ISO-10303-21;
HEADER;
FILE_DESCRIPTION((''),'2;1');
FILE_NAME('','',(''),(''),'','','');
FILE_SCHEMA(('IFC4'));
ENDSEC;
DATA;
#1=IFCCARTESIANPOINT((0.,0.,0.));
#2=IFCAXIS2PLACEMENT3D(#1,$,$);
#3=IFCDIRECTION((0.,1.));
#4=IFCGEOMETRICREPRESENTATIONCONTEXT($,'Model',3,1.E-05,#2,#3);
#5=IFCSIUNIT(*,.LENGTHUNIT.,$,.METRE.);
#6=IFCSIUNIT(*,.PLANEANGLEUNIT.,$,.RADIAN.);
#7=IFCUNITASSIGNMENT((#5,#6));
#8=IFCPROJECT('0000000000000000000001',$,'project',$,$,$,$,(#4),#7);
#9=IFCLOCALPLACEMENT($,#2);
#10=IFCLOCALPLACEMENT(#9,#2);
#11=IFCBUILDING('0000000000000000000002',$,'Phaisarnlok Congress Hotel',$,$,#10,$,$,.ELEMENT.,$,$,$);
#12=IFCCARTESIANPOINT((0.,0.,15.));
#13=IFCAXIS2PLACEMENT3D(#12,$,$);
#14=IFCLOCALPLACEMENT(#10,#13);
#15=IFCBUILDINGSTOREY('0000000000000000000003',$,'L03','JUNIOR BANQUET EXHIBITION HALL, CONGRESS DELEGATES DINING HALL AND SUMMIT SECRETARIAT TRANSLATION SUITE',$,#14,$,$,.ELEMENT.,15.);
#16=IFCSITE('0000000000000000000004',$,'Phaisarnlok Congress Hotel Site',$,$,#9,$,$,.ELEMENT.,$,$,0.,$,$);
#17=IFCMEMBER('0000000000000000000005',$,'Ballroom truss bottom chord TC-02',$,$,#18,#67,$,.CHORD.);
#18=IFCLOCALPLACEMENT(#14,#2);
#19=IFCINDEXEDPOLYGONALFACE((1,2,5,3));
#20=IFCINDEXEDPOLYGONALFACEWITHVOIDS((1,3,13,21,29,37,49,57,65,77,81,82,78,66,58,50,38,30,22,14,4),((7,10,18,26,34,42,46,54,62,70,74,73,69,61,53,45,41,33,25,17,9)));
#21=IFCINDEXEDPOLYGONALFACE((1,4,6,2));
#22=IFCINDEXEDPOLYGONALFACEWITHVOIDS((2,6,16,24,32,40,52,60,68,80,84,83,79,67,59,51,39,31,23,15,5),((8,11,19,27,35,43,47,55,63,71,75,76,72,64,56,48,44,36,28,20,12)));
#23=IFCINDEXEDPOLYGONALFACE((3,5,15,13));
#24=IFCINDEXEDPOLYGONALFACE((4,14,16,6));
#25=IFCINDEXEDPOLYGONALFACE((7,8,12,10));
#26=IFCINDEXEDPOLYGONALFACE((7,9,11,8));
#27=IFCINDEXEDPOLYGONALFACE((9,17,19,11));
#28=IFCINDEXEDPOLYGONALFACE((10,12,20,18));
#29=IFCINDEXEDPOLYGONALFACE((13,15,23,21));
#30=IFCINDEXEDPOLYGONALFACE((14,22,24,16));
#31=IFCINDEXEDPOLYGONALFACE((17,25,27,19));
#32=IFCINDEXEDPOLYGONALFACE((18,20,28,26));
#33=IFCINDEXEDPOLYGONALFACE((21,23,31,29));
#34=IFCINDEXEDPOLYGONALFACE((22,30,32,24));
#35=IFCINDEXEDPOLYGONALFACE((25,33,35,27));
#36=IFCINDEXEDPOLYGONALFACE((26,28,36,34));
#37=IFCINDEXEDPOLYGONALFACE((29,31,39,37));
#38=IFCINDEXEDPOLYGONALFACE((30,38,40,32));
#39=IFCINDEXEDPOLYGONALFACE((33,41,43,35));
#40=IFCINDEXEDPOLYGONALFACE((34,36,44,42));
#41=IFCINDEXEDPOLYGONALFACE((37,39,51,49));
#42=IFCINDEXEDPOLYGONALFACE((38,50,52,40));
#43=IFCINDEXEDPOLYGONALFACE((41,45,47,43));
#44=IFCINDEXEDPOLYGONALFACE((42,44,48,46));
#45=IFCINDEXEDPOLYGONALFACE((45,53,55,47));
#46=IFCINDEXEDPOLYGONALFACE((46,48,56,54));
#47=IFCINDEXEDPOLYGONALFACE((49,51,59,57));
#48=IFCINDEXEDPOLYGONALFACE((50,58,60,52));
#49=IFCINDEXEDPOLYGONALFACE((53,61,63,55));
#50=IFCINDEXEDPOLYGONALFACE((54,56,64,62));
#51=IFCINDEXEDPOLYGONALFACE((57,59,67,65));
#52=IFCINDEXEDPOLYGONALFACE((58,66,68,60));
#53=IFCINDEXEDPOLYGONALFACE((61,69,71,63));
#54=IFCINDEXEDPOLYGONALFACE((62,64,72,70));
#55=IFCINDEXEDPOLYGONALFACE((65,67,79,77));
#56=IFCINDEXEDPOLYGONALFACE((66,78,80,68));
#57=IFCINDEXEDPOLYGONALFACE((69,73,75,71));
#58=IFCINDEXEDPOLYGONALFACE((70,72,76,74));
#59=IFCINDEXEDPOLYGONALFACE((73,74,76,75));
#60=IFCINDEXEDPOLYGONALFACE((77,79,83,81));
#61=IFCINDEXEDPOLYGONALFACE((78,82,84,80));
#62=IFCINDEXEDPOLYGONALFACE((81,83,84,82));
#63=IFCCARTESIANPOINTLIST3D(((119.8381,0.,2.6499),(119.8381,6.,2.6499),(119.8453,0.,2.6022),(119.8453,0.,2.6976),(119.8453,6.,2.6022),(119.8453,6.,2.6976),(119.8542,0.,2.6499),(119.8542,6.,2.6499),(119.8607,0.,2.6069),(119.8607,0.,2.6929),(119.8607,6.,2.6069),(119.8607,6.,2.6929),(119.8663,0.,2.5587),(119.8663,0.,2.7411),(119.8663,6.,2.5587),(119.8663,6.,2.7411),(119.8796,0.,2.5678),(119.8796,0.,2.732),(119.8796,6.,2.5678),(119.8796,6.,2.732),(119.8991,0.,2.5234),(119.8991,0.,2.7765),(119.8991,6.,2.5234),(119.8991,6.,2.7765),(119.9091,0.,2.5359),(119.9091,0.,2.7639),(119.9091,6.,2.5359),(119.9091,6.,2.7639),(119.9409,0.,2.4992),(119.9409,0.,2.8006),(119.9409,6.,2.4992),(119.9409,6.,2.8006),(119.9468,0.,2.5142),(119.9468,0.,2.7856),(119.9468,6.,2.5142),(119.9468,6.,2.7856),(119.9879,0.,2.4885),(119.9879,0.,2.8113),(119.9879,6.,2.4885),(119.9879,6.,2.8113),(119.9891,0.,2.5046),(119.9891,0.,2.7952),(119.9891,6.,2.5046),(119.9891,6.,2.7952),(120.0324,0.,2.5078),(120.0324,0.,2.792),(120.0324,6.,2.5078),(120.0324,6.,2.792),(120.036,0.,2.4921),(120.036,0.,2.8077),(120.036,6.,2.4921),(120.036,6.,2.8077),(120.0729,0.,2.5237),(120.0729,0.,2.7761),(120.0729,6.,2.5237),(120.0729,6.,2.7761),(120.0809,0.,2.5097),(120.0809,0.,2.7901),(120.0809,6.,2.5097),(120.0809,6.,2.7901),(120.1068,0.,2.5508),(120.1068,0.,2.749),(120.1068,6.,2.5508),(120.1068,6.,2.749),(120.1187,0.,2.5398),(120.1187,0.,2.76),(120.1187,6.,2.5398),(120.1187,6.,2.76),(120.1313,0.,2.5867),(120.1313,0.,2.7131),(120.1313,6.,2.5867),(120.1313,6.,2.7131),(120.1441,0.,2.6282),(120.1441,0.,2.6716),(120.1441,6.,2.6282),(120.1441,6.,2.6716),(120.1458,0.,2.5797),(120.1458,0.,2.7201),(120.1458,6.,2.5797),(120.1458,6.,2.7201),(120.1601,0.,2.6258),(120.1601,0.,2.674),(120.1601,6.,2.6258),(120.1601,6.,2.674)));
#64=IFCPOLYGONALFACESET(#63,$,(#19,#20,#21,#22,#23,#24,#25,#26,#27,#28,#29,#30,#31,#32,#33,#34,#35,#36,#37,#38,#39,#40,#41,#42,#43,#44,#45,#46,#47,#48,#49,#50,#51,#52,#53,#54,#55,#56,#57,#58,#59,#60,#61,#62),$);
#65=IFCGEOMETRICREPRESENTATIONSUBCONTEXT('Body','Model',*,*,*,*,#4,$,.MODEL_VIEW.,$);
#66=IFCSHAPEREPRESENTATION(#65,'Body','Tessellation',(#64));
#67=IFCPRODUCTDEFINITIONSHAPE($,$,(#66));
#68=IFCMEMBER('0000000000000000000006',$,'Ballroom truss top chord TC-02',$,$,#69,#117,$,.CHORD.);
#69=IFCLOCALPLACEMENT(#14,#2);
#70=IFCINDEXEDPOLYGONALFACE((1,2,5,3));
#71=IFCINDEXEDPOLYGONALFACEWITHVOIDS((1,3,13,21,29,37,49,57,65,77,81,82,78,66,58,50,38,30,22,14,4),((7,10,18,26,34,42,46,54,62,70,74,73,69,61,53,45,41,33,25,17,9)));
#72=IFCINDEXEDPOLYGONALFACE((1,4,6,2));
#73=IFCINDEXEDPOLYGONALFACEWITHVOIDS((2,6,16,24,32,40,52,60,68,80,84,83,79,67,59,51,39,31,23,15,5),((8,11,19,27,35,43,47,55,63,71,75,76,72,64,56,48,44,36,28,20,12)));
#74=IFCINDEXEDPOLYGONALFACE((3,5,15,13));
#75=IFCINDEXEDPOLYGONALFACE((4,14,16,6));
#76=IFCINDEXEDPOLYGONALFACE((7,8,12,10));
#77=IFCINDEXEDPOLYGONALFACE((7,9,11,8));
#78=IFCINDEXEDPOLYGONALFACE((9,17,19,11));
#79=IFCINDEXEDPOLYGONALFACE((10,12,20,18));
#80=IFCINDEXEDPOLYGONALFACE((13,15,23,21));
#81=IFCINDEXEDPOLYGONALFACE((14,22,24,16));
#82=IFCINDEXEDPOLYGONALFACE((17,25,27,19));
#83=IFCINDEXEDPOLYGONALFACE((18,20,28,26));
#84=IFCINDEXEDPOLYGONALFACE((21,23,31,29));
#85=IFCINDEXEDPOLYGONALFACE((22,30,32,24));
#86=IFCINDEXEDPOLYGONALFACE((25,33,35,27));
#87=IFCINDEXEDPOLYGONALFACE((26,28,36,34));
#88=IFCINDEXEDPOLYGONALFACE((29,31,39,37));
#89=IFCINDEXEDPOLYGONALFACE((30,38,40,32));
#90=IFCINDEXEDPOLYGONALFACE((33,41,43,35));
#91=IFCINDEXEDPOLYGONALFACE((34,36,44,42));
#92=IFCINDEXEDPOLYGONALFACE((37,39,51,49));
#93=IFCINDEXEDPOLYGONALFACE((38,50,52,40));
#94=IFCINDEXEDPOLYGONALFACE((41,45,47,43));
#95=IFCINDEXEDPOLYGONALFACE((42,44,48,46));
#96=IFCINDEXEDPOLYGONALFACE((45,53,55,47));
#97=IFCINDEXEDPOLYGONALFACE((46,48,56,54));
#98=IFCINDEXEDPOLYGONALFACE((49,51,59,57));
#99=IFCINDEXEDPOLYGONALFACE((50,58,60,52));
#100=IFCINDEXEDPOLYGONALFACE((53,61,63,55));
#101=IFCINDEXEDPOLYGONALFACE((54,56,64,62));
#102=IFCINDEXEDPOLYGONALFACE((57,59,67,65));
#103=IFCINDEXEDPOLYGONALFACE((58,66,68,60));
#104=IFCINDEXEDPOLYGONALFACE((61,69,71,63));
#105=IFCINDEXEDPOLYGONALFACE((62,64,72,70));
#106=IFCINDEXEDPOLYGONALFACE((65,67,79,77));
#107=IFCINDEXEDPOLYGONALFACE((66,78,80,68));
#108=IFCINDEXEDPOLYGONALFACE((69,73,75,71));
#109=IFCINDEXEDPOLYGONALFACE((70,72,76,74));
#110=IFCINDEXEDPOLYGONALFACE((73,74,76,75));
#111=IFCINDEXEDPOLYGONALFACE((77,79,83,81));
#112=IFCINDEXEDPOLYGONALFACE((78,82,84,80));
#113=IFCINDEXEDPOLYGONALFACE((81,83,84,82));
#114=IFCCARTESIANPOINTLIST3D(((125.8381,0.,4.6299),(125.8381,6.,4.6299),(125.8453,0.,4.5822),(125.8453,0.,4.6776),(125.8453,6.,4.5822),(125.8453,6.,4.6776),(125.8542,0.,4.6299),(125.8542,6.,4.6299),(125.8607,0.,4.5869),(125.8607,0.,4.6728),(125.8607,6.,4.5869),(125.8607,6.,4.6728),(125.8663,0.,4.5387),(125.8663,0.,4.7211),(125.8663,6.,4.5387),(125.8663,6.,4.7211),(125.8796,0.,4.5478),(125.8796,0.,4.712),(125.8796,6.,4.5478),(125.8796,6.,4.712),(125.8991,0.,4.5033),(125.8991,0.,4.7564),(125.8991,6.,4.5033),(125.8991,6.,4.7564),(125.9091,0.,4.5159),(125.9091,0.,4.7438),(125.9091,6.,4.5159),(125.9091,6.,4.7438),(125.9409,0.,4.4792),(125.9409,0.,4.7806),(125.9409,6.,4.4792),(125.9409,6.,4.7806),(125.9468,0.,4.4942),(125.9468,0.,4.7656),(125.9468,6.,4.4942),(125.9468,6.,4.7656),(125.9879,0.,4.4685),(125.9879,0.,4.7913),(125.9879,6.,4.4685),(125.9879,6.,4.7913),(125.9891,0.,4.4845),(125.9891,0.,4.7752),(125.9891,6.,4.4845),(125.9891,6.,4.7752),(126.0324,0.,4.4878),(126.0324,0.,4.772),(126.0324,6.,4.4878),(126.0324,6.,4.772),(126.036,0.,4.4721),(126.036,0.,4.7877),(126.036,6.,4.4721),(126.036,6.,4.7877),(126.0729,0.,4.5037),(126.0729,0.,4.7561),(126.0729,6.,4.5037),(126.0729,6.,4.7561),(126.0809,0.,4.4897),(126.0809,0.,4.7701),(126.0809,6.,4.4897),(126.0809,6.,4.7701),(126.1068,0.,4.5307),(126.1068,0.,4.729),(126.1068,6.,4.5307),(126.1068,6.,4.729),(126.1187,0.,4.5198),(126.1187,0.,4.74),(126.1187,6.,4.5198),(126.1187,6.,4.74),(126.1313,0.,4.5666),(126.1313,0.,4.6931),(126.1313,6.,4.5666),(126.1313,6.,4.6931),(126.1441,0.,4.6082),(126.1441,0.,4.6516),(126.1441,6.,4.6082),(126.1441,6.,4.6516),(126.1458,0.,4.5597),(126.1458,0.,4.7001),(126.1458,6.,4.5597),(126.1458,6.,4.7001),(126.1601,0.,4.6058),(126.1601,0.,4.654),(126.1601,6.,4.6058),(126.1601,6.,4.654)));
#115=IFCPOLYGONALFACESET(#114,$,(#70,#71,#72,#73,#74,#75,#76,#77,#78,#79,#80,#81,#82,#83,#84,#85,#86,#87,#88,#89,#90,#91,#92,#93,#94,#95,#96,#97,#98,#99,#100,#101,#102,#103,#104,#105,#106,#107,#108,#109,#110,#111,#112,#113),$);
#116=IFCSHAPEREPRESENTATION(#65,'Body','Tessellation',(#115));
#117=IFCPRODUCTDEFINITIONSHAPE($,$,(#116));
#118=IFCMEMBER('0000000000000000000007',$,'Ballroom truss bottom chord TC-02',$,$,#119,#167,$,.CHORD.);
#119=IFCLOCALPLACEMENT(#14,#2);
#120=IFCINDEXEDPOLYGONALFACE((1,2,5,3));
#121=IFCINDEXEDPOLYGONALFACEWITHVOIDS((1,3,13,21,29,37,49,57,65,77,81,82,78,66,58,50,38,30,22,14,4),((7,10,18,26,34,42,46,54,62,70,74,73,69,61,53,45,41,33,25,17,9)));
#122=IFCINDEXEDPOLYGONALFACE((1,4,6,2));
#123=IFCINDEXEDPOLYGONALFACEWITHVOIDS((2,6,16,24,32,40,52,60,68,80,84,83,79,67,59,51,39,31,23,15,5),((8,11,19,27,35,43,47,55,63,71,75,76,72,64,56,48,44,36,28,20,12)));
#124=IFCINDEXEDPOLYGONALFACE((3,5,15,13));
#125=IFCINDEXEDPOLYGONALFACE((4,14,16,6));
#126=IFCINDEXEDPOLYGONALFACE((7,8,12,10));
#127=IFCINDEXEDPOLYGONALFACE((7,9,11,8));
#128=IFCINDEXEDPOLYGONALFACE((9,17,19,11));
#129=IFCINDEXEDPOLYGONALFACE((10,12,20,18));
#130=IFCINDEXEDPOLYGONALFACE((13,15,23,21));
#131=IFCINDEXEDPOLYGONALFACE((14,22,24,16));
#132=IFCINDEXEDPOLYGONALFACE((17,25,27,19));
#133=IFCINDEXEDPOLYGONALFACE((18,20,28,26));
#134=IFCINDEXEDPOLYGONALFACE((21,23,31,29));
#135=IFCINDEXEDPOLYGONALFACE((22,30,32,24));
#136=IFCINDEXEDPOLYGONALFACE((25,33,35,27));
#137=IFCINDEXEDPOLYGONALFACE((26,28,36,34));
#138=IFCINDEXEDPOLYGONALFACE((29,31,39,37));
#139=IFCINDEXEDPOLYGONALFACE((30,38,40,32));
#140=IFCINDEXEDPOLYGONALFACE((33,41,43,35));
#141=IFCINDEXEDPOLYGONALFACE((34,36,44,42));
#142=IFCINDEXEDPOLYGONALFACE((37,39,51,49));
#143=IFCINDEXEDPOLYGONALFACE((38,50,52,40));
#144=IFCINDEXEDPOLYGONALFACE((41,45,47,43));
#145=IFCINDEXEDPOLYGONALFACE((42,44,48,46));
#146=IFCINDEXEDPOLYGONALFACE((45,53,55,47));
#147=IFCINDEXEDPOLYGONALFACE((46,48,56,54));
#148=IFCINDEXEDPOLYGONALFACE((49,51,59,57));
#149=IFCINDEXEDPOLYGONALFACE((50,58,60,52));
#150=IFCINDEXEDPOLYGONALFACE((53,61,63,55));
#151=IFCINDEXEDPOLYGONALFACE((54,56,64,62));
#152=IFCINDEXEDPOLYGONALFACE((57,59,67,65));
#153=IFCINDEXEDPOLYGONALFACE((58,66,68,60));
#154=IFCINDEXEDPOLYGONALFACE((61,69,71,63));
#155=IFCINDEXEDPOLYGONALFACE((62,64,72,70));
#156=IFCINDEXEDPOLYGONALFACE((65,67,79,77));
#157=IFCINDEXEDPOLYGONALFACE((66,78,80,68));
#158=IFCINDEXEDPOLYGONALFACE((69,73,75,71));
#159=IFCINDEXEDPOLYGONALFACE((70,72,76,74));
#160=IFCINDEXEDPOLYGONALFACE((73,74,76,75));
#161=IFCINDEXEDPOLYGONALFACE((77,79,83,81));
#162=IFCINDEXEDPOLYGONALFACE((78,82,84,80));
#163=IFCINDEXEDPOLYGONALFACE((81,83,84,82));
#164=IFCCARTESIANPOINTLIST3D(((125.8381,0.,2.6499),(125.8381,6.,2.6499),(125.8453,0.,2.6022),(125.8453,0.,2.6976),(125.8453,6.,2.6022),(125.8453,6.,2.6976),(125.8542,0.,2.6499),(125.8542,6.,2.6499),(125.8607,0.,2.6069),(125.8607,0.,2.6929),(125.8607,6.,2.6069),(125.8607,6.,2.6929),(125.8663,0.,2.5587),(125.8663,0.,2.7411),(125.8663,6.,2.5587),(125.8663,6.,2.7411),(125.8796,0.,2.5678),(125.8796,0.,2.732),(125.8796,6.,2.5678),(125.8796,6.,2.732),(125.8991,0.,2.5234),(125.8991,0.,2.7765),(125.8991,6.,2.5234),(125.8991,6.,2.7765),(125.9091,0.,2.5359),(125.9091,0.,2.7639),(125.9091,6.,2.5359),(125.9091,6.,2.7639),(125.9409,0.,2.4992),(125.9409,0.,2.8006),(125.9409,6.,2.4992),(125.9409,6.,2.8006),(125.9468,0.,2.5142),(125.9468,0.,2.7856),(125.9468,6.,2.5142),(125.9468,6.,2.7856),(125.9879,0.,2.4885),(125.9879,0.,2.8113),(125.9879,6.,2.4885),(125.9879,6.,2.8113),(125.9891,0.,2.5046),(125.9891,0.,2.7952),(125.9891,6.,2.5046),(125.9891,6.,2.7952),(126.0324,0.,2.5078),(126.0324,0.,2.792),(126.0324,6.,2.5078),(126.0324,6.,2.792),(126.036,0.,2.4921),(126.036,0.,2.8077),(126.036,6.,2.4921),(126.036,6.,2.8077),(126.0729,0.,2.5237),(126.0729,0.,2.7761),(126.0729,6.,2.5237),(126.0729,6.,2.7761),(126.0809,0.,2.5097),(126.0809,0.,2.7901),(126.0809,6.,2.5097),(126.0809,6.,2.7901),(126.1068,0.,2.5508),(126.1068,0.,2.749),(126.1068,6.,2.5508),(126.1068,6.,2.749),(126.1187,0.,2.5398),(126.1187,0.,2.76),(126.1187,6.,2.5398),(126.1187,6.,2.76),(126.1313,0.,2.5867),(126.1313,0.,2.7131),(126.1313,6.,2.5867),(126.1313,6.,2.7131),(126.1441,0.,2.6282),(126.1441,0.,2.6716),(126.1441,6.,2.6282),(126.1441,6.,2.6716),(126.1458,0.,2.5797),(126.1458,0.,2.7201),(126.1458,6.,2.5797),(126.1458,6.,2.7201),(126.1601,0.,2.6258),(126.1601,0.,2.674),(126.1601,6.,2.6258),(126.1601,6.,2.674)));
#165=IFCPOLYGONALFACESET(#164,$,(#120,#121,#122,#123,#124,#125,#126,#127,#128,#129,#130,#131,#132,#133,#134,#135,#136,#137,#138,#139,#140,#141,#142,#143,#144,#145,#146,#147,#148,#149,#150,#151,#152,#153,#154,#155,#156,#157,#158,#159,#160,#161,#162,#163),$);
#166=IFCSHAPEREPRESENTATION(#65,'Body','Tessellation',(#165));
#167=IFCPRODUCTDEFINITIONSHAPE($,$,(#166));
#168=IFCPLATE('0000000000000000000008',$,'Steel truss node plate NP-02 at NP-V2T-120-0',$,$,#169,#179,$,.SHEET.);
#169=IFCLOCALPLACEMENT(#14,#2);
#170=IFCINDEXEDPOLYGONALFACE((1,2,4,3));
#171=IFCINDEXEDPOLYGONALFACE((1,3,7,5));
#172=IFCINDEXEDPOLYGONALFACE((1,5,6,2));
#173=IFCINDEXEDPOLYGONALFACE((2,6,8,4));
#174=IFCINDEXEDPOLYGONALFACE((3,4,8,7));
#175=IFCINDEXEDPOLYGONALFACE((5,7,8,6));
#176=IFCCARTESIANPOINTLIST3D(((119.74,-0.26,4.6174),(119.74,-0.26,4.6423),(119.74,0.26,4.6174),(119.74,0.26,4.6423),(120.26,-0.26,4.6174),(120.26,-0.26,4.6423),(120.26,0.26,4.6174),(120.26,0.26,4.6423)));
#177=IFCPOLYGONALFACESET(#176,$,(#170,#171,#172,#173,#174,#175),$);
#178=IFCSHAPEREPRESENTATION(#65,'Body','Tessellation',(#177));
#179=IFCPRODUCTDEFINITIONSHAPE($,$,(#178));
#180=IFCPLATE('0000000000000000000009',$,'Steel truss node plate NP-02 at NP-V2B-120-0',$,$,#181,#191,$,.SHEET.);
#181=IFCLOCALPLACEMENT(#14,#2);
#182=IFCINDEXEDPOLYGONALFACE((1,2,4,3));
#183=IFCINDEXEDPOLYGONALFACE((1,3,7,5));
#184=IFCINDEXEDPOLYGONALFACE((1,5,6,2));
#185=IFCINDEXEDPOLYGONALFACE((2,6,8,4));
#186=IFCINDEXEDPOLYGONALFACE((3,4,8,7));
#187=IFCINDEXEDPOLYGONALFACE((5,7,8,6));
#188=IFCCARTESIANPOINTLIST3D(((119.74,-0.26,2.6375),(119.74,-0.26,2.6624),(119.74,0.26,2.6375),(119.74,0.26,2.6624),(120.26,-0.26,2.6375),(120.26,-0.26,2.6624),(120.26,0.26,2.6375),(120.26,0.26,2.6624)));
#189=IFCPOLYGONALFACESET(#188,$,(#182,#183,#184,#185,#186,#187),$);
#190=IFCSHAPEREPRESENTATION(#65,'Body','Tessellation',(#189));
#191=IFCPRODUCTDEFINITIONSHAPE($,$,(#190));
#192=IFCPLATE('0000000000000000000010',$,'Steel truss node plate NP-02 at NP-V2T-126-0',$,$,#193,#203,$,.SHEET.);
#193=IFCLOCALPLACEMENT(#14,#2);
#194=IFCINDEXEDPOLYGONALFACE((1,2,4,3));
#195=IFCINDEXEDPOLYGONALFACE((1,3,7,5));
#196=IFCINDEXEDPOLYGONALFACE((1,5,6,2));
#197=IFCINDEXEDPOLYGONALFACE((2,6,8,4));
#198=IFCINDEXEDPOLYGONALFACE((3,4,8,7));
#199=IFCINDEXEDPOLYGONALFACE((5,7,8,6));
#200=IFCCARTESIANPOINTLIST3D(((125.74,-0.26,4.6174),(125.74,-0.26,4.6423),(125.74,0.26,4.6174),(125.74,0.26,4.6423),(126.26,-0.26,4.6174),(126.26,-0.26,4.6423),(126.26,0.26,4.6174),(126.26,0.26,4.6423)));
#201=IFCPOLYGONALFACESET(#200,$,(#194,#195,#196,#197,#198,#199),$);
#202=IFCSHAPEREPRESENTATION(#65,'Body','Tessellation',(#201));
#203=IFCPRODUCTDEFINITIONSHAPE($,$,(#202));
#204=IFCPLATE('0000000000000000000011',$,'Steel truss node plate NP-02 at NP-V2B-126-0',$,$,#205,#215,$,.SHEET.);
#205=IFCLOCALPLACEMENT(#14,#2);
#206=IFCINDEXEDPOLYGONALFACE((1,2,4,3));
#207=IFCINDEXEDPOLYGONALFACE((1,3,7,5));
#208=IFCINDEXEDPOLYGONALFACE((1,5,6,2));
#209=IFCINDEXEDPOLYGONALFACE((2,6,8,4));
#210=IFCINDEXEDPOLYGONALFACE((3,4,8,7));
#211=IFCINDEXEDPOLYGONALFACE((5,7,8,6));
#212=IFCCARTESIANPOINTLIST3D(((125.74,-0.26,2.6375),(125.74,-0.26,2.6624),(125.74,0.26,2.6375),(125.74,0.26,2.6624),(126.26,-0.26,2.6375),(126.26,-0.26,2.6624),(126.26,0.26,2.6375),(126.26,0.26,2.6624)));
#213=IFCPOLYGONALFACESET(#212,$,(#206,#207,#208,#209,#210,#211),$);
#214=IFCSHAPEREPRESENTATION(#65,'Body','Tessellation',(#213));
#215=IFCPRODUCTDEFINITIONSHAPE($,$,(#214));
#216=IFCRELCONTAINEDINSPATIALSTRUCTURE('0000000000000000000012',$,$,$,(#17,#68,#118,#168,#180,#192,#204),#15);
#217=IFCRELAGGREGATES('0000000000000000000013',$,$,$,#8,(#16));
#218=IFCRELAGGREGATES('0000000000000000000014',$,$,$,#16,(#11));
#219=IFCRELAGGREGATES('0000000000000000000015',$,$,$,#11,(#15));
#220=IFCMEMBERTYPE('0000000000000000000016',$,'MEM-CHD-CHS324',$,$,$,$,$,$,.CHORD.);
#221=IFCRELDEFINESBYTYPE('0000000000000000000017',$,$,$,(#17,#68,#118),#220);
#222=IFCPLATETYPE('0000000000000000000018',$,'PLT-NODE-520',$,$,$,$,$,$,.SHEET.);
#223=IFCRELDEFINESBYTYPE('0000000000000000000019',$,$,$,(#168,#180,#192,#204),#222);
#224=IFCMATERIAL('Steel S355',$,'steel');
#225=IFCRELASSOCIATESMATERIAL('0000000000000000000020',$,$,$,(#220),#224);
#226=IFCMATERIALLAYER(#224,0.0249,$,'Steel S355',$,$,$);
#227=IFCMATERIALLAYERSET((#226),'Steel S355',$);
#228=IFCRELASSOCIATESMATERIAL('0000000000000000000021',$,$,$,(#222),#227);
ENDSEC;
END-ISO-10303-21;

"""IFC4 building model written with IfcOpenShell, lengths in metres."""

from ifc_helpers import new_model, si_unit, direction, frame, origin, origin_2d, place, context, subcontext, project, spatial, rectangle, hollow_circle, extrude, material, layer, layer_set, material_profile, profile_set, type_object, element, save


model = new_model("IFC4")

# Units and contexts
model_context = context("Model", 3, precision=1e-05, world=origin(), true_north=direction((0.0, 1.0)))
body_context = subcontext(model_context, "Body", "Model", "MODEL_VIEW")
ifc_project = project(units=[si_unit("LENGTHUNIT", "METRE"), si_unit("PLANEANGLEUNIT", "RADIAN")], contexts=[model_context])

# Site, building, storey
site_placement = place(None, origin())
site = spatial("IfcSite", under=ifc_project, at=site_placement, Name="Phaisarnlok Congress Hotel Site", CompositionType="ELEMENT", RefElevation=0.0)
building_placement = place(site_placement, origin())
building = spatial("IfcBuilding", under=site, at=building_placement, Name="Phaisarnlok Congress Hotel", CompositionType="ELEMENT")
storey_placement = place(building_placement, frame((0.0, 0.0, 15.0)))
storey = spatial("IfcBuildingStorey", under=building, at=storey_placement, Name="L03", Description="JUNIOR BANQUET EXHIBITION HALL, CONGRESS DELEGATES DINING HALL AND SUMMIT SECRETARIAT TRANSLATION SUITE", CompositionType="ELEMENT", Elevation=15.0)

# Shared definitions
ifc_material_1 = material(Name="Steel S355", Category="steel")

# Members
ifc_material_profile_1 = material_profile(ifc_material_1, hollow_circle(Radius=0.1619, WallThickness=0.0161, at=origin_2d()), Name="CHS 323.9x16")
ifc_profile_set_1 = profile_set([ifc_material_profile_1], Name="Steel S355")
member_type_1 = type_object("IfcMemberType", Name="MEM-CHD-CHS324", PredefinedType="CHORD", material=ifc_profile_set_1)
for number, where, z_axis, x_axis, name in (
    (1, (120.0, 0.0, 2.6499), (0.0, 1.0, 0.0), (-1.0, 0.0, 0.0), "Ballroom truss bottom chord TC-02"),
    (2, (126.0, 0.0, 4.6299), (0.0, 1.0, 0.0), (-1.0, 0.0, 0.0), "Ballroom truss top chord TC-02"),
    (3, (126.0, 0.0, 2.6499), (0.0, 1.0, 0.0), (-1.0, 0.0, 0.0), "Ballroom truss bottom chord TC-02"),
):
    element("IfcMember", number, at=place(storey_placement, frame(where, z_axis=z_axis, x_axis=x_axis)), inside=storey, type_object=member_type_1, Name=name, PredefinedType="CHORD", context=body_context, shape_type="SweptSolid", body=[
        extrude(hollow_circle(Radius=0.1619, WallThickness=0.0161, at=origin_2d()), origin(), (0.0, 0.0, 1.0), 6.0),
    ])

# Plates
ifc_layer_1 = layer(ifc_material_1, 0.0249, Name="Steel S355")
ifc_layer_set_1 = layer_set([ifc_layer_1], Name="Steel S355")
plate_type = type_object("IfcPlateType", Name="PLT-NODE-520", PredefinedType="SHEET", material=ifc_layer_set_1)
for number, where, z_axis, x_axis, name in (
    (4, (120.0, 0.0, 4.6174), (0.0, 0.0, 1.0), (1.0, 0.0, 0.0), "Steel truss node plate NP-02 at NP-V2T-120-0"),
    (5, (120.0, 0.0, 2.6375), (0.0, 0.0, 1.0), (1.0, 0.0, 0.0), "Steel truss node plate NP-02 at NP-V2B-120-0"),
    (6, (126.0, 0.0, 4.6174), (0.0, 0.0, 1.0), (1.0, 0.0, 0.0), "Steel truss node plate NP-02 at NP-V2T-126-0"),
    (7, (126.0, 0.0, 2.6375), (0.0, 0.0, 1.0), (1.0, 0.0, 0.0), "Steel truss node plate NP-02 at NP-V2B-126-0"),
):
    element("IfcPlate", number, at=place(storey_placement, frame(where, z_axis=z_axis, x_axis=x_axis)), inside=storey, type_object=plate_type, Name=name, PredefinedType="SHEET", context=body_context, shape_type="SweptSolid", body=[
        extrude(rectangle(XDim=0.52, YDim=0.52, at=origin_2d()), origin(), (0.0, 0.0, 1.0), 0.0249),
    ])

save(model, "model.ifc")
